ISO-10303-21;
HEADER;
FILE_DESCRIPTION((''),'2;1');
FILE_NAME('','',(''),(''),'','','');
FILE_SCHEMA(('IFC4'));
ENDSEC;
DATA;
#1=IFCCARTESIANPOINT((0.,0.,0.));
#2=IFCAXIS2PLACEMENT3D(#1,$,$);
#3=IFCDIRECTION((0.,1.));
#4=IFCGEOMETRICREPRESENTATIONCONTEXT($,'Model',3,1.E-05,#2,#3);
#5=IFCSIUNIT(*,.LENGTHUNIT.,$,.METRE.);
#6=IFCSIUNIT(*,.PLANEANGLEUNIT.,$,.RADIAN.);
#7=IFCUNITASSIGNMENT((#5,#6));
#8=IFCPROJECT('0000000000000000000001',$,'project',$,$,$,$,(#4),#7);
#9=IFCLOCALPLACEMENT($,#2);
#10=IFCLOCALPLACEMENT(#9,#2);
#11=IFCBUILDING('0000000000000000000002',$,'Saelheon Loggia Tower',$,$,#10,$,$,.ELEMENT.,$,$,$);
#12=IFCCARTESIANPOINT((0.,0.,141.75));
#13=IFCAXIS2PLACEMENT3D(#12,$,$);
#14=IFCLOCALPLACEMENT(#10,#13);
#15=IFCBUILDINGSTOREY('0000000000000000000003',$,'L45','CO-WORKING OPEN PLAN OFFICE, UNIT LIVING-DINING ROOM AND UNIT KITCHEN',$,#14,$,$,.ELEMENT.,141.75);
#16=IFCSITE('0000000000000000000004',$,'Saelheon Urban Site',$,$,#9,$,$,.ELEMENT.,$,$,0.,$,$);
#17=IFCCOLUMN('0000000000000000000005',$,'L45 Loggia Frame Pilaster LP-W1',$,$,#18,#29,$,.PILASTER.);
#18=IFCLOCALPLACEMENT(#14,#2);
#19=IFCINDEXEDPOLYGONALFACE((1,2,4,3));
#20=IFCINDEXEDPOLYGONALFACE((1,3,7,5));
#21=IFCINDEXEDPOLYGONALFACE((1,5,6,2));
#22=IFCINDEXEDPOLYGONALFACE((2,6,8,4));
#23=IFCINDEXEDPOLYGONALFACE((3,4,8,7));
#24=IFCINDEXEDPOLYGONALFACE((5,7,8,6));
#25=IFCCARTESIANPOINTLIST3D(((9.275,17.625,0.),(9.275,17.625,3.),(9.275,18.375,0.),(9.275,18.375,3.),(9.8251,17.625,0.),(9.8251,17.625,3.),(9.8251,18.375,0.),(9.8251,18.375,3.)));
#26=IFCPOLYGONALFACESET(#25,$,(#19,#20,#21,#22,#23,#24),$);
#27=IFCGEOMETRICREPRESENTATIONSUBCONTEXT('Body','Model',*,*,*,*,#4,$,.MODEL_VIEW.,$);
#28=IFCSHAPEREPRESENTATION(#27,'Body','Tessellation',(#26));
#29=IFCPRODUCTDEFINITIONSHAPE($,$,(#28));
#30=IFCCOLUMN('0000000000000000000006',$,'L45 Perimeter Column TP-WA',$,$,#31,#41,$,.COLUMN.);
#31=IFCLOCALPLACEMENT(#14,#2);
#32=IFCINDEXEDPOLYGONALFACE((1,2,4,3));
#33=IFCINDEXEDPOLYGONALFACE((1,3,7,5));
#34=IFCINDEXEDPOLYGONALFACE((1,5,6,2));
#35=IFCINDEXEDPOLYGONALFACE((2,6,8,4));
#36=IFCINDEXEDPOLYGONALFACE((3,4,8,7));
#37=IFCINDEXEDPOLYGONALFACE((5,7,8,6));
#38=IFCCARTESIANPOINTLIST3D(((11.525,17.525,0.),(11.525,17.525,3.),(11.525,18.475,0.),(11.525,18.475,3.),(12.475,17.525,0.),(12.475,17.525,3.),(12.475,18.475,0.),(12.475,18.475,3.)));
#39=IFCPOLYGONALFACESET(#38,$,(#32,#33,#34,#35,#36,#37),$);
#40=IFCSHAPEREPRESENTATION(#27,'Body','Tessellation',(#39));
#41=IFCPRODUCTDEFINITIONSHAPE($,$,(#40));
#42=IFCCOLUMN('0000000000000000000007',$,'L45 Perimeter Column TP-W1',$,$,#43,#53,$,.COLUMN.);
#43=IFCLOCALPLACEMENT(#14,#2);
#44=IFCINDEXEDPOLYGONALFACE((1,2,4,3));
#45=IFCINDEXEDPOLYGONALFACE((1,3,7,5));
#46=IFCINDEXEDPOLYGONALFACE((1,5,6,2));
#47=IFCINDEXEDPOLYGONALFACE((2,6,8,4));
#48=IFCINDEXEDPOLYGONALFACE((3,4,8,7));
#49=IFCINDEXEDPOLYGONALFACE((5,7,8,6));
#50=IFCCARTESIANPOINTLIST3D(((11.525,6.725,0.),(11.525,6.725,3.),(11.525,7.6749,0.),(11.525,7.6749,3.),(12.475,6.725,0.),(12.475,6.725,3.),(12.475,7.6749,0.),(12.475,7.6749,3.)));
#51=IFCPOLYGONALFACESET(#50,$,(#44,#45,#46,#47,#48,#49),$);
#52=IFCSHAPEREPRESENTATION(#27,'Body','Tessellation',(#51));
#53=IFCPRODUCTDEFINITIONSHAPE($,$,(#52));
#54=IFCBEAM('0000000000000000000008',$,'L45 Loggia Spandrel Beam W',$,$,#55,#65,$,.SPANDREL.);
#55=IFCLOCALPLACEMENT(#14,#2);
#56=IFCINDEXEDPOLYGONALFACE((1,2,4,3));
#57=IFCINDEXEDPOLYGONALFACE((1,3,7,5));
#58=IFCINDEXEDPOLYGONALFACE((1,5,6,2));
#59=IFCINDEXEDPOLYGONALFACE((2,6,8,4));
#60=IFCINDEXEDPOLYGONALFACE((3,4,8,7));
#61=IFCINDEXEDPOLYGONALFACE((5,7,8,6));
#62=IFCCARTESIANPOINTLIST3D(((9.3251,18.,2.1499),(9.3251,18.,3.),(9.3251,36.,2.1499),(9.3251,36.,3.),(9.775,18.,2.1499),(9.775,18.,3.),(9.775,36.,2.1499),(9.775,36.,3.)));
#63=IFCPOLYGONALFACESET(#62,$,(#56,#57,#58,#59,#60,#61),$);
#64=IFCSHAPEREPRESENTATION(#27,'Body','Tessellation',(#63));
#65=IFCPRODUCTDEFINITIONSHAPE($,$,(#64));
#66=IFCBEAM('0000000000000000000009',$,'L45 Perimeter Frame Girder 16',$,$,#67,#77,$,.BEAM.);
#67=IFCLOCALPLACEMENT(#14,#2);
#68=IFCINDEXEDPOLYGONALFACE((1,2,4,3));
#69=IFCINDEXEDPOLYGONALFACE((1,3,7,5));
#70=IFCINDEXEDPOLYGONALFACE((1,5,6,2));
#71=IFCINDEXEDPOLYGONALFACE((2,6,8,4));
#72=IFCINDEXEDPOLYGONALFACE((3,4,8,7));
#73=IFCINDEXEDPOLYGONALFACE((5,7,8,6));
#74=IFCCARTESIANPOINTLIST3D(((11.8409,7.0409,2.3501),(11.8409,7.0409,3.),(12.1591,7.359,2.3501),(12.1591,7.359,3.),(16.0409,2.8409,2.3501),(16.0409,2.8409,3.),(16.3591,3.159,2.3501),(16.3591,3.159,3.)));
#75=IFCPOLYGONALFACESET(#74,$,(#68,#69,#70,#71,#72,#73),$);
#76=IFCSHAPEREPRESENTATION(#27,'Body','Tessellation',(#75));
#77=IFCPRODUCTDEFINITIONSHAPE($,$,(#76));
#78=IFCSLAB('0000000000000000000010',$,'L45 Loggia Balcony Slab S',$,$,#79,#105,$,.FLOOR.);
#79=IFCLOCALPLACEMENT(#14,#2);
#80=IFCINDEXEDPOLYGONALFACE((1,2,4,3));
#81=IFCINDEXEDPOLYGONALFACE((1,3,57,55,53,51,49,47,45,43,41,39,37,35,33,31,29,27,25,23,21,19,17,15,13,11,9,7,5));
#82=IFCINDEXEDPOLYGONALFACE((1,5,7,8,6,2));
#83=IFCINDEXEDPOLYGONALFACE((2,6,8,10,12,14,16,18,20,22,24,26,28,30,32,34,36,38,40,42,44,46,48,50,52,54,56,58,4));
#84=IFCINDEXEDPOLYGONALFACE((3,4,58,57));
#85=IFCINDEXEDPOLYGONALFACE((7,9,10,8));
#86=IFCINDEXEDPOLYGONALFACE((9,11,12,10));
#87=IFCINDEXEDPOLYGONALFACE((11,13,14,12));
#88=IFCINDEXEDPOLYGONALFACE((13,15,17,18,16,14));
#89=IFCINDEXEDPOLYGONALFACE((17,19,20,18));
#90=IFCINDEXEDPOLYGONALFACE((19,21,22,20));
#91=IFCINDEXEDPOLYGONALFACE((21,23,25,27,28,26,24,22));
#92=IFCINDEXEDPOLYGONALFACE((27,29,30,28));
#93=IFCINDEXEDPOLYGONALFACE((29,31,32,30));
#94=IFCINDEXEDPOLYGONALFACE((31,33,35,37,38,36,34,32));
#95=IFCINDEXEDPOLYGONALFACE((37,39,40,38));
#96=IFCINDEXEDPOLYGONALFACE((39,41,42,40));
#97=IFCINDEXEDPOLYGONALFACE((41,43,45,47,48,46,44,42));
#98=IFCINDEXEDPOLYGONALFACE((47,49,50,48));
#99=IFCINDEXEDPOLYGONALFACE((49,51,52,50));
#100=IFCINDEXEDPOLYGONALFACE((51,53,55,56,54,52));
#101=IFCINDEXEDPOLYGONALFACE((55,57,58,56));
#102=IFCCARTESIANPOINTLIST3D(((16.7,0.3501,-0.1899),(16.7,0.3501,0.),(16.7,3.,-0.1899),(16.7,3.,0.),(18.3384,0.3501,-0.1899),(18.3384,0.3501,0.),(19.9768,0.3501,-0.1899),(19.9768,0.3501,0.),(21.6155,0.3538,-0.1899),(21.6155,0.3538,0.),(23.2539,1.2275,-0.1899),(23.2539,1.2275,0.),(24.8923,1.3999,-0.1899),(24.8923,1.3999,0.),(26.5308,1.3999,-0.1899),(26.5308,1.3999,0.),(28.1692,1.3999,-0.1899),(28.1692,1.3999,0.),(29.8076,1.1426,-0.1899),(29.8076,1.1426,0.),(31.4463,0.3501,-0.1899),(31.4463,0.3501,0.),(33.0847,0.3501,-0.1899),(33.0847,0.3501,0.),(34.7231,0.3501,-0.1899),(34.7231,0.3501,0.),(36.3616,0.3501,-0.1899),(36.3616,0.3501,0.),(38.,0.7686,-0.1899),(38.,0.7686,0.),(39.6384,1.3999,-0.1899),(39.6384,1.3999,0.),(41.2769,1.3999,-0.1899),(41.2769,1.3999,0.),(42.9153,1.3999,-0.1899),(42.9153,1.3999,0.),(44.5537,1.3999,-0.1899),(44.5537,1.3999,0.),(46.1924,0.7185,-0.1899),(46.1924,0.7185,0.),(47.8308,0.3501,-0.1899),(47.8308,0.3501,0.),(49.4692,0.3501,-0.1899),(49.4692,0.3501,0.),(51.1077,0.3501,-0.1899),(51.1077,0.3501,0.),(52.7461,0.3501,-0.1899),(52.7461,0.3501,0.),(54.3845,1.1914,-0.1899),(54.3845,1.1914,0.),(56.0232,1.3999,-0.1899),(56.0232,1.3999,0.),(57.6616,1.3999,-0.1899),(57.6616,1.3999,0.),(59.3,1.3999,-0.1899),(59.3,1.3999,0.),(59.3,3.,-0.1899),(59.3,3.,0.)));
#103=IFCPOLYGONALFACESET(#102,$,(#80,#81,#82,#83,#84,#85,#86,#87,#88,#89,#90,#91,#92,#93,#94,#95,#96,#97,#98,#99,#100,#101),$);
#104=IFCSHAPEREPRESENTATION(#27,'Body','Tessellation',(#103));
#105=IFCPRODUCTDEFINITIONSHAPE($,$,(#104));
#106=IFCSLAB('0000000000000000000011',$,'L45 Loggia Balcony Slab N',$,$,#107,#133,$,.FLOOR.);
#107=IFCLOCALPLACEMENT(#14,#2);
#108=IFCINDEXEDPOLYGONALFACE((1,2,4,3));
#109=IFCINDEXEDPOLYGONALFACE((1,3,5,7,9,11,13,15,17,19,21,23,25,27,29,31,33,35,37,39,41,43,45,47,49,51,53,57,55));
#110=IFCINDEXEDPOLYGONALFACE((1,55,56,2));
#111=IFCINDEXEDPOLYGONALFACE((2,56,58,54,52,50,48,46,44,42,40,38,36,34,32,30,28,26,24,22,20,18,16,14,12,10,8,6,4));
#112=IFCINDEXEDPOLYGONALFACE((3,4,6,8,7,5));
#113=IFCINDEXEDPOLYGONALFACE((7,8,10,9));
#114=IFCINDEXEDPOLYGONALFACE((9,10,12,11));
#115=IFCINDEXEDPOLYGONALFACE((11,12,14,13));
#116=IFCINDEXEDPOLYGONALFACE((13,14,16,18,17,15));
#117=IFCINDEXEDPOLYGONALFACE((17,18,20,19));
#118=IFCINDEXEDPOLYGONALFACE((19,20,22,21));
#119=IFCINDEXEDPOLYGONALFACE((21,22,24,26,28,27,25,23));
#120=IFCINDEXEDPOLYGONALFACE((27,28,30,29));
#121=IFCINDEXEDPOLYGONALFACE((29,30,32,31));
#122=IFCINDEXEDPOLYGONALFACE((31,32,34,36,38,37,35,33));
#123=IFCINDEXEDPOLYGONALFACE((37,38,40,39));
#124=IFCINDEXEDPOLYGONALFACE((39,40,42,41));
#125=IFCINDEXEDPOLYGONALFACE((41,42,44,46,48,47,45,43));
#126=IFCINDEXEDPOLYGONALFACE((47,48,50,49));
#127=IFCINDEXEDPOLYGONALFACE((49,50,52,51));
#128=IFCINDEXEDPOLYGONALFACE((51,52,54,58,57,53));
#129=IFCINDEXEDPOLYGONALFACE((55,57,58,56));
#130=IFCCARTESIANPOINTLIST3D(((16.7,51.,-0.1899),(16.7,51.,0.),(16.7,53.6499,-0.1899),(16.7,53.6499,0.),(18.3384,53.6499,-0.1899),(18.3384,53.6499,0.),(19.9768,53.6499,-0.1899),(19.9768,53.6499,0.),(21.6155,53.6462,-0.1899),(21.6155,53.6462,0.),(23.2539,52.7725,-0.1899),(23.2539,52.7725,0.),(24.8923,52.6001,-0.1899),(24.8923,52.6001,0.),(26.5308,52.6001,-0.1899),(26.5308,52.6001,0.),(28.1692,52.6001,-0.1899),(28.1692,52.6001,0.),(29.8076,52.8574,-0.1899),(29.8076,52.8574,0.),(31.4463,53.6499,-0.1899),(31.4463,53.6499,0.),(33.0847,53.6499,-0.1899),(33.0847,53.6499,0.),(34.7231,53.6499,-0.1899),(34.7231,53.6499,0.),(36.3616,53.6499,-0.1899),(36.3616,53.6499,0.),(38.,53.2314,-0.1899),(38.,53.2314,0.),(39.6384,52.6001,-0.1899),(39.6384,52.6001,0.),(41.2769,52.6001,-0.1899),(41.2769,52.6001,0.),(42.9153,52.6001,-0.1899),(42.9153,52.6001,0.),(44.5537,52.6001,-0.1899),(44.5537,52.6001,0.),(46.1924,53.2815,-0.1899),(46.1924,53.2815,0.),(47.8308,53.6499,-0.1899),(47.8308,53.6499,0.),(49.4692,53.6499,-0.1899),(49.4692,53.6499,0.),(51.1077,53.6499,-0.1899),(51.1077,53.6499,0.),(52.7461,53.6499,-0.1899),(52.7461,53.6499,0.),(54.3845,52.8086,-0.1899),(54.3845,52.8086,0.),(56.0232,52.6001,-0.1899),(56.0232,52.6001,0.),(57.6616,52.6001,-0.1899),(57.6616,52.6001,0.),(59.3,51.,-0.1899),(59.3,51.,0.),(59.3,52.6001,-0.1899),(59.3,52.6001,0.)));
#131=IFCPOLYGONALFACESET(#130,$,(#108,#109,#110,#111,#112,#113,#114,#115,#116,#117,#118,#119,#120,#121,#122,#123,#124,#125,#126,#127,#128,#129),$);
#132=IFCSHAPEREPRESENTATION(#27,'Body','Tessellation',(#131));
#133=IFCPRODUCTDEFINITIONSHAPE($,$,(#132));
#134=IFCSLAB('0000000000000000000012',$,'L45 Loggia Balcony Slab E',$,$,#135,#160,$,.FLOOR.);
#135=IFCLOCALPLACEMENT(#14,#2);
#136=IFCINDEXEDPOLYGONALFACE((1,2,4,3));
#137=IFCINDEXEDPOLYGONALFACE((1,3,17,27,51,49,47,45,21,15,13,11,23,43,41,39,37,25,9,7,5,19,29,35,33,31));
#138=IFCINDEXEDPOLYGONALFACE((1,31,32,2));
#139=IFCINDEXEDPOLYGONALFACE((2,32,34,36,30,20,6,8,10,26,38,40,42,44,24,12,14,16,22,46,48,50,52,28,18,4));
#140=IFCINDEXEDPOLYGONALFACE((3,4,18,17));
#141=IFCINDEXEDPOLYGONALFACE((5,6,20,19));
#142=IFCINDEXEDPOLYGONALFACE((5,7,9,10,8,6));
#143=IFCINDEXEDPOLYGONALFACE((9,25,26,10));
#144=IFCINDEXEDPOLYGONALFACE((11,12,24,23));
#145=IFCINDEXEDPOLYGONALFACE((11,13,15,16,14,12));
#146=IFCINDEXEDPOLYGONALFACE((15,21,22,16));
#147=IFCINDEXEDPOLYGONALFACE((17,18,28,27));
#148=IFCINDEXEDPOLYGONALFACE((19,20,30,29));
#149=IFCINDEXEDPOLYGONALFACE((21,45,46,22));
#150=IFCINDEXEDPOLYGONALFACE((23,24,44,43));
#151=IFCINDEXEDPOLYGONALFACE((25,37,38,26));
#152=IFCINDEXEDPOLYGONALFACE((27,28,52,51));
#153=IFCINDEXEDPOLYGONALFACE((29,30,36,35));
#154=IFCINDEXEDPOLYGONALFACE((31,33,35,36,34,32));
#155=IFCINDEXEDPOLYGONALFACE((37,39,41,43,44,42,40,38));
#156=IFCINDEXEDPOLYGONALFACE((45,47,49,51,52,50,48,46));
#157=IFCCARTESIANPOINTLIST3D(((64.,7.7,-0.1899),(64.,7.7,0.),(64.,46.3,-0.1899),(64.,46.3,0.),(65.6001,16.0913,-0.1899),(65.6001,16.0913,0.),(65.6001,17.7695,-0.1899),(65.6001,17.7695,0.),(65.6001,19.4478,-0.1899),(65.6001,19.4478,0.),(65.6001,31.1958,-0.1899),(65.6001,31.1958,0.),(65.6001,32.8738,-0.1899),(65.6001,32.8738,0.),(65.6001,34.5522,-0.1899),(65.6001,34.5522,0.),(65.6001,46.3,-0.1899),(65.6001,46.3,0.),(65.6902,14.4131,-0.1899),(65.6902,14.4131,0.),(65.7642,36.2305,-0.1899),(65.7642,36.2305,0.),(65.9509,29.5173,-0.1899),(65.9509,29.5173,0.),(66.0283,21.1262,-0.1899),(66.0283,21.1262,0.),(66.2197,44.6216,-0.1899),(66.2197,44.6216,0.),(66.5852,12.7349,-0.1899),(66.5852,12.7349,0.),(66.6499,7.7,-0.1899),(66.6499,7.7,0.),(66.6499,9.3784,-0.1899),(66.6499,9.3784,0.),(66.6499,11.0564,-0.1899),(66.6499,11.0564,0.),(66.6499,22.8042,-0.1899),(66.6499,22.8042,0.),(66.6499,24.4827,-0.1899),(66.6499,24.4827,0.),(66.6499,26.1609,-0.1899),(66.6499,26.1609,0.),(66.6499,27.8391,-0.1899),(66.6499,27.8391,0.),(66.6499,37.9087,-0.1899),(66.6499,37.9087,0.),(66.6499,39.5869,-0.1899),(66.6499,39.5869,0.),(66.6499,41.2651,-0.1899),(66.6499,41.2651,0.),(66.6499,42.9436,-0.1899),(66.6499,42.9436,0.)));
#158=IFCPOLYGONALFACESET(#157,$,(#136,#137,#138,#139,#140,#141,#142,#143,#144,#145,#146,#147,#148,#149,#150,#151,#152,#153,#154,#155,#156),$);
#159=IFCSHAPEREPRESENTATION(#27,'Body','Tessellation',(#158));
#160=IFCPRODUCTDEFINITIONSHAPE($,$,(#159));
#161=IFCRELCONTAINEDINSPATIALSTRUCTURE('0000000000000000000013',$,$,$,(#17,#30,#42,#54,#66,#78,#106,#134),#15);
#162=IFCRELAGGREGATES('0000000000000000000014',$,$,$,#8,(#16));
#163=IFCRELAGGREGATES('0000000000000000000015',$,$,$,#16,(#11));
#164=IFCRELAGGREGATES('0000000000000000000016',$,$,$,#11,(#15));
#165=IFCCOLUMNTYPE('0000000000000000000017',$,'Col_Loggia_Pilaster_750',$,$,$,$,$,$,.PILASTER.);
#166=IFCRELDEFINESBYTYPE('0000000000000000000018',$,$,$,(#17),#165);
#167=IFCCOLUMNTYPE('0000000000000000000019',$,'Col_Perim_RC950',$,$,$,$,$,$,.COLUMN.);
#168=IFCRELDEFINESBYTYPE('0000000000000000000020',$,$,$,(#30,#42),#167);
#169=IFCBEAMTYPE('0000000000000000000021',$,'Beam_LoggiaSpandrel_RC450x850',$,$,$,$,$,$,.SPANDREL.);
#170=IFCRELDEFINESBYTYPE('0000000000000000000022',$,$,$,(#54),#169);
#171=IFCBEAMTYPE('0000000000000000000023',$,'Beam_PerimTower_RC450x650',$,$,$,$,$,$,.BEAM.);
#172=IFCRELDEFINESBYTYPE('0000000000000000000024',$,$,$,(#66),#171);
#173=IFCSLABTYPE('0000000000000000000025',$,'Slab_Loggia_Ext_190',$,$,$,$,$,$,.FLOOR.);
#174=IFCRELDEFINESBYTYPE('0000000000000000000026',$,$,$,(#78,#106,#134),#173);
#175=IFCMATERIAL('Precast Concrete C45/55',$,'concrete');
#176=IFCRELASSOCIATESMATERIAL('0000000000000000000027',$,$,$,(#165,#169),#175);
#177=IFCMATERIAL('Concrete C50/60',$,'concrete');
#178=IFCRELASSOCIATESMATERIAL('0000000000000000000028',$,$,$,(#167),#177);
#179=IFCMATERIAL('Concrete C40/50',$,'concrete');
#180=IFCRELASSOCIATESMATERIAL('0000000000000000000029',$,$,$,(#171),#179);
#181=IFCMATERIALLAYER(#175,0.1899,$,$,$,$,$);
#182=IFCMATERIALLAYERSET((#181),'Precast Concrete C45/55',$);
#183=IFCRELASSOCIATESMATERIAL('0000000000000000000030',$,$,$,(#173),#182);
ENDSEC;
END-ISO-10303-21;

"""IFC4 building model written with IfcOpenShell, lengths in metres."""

from ifc_helpers import new_model, si_unit, direction, frame, origin, origin_2d, place, context, subcontext, project, spatial, polyline, rectangle, outline, extrude, source, transform, mapped, material, layer, layer_set, material_profile, profile_set, type_object, element, save


model = new_model("IFC4")

# Units and contexts
model_context = context("Model", 3, precision=1e-05, world=origin(), true_north=direction((0.0, 1.0)))
body_context = subcontext(model_context, "Body", "Model", "MODEL_VIEW")
ifc_project = project(units=[si_unit("LENGTHUNIT", "METRE"), si_unit("PLANEANGLEUNIT", "RADIAN")], contexts=[model_context])

# Site, building, storey
site_placement = place(None, origin())
site = spatial("IfcSite", under=ifc_project, at=site_placement, Name="Saelheon Urban Site", CompositionType="ELEMENT", RefElevation=0.0)
building_placement = place(site_placement, origin())
building = spatial("IfcBuilding", under=site, at=building_placement, Name="Saelheon Loggia Tower", CompositionType="ELEMENT")
storey_placement = place(building_placement, frame((0.0, 0.0, 141.75)))
storey = spatial("IfcBuildingStorey", under=building, at=storey_placement, Name="L45", Description="CO-WORKING OPEN PLAN OFFICE, UNIT LIVING-DINING ROOM AND UNIT KITCHEN", CompositionType="ELEMENT", Elevation=141.75)

# Columns
ifc_material_1 = material(Name="Precast Concrete C45/55", Category="concrete")
ifc_material_profile_1 = material_profile(ifc_material_1, rectangle(XDim=0.55, YDim=0.75, at=origin_2d()), Name="RC-550x750")
ifc_profile_set_1 = profile_set([ifc_material_profile_1], Name="Precast Concrete C45/55")
column_type_1 = type_object("IfcColumnType", Name="Col_Loggia_Pilaster_750", PredefinedType="PILASTER", material=ifc_profile_set_1)
shared_shape_1 = source(origin(), body_context, "Body", "SweptSolid", [
    extrude(rectangle(XDim=0.55, YDim=0.75, at=origin_2d()), origin(), (0.0, 0.0, 1.0), 3.0),
])
column_placement = place(storey_placement, frame((9.55, 18.0, 0.0), z_axis=(0.0, 0.0, 1.0), x_axis=(1.0, 0.0, 0.0)))
element("IfcColumn", 1, at=column_placement, inside=storey, type_object=column_type_1, Name="L45 Loggia Frame Pilaster LP-W1", PredefinedType="PILASTER", context=body_context, shape_type="MappedRepresentation", body=[
    mapped(shared_shape_1, transform((0.0, 0.0, 0.0), scale=1.0)),
])
ifc_material_2 = material(Name="Concrete C50/60", Category="concrete")
ifc_material_profile_2 = material_profile(ifc_material_2, rectangle(XDim=0.95, YDim=0.95, at=origin_2d()), Name="RC-950x950")
ifc_profile_set_2 = profile_set([ifc_material_profile_2], Name="Concrete C50/60")
column_type_2 = type_object("IfcColumnType", Name="Col_Perim_RC950", PredefinedType="COLUMN", material=ifc_profile_set_2)
shared_shape_2 = source(origin(), body_context, "Body", "SweptSolid", [
    extrude(rectangle(XDim=0.95, YDim=0.95, at=origin_2d()), origin(), (0.0, 0.0, 1.0), 3.0),
])
for number, where, z_axis, x_axis, name in (
    (2, (12.0, 18.0, 0.0), (0.0, 0.0, 1.0), (1.0, 0.0, 0.0), "L45 Perimeter Column TP-WA"),
    (3, (12.0, 7.2, 0.0), (0.0, 0.0, 1.0), (1.0, 0.0, 0.0), "L45 Perimeter Column TP-W1"),
):
    element("IfcColumn", number, at=place(storey_placement, frame(where, z_axis=z_axis, x_axis=x_axis)), inside=storey, type_object=column_type_2, Name=name, PredefinedType="COLUMN", context=body_context, shape_type="MappedRepresentation", body=[
        mapped(shared_shape_2, transform((0.0, 0.0, 0.0), scale=1.0)),
    ])

# Beams
ifc_material_profile_3 = material_profile(ifc_material_1, rectangle(XDim=0.45, YDim=0.8501, at=origin_2d()), Name="RC-450x850")
ifc_profile_set_3 = profile_set([ifc_material_profile_3], Name="Precast Concrete C45/55")
beam_type_1 = type_object("IfcBeamType", Name="Beam_LoggiaSpandrel_RC450x850", PredefinedType="SPANDREL", material=ifc_profile_set_3)
shared_shape_3 = source(origin(), body_context, "Body", "SweptSolid", [
    extrude(rectangle(XDim=0.45, YDim=0.8501, at=origin_2d()), origin(), (0.0, 0.0, 1.0), 18.0),
])
beam_1_placement = place(storey_placement, frame((9.55, 18.0, 2.575), z_axis=(0.0, 1.0, 0.0), x_axis=(-1.0, 0.0, 0.0)))
element("IfcBeam", 4, at=beam_1_placement, inside=storey, type_object=beam_type_1, Name="L45 Loggia Spandrel Beam W", PredefinedType="SPANDREL", context=body_context, shape_type="MappedRepresentation", body=[
    mapped(shared_shape_3, transform((0.0, 0.0, 0.0), scale=1.0)),
])
ifc_material_3 = material(Name="Concrete C40/50", Category="concrete")
ifc_material_profile_4 = material_profile(ifc_material_3, rectangle(XDim=0.45, YDim=0.6499, at=origin_2d()), Name="RC-450x650")
ifc_profile_set_4 = profile_set([ifc_material_profile_4], Name="Concrete C40/50")
beam_type_2 = type_object("IfcBeamType", Name="Beam_PerimTower_RC450x650", PredefinedType="BEAM", material=ifc_profile_set_4)
shared_shape_4 = source(origin(), body_context, "Body", "SweptSolid", [
    extrude(rectangle(XDim=0.45, YDim=0.6499, at=origin_2d()), origin(), (0.0, 0.0, 1.0), 5.9397),
])
beam_2_placement = place(storey_placement, frame((12.0, 7.2, 2.675), z_axis=(0.707107, -0.707107, 0.0), x_axis=(0.707107, 0.707107, 0.0)))
element("IfcBeam", 5, at=beam_2_placement, inside=storey, type_object=beam_type_2, Name="L45 Perimeter Frame Girder 16", PredefinedType="BEAM", context=body_context, shape_type="MappedRepresentation", body=[
    mapped(shared_shape_4, transform((0.0, 0.0, 0.0), scale=1.0)),
])

# Slabs
ifc_layer_1 = layer(ifc_material_1, 0.1899)
ifc_layer_set_1 = layer_set([ifc_layer_1], Name="Precast Concrete C45/55")
slab_type_1 = type_object("IfcSlabType", Name="Slab_Loggia_Ext_190", PredefinedType="FLOOR", material=ifc_layer_set_1)
slab_1_placement = place(storey_placement, frame((0.0, 0.0, -0.1899)))
element("IfcSlab", 6, at=slab_1_placement, inside=storey, type_object=slab_type_1, Name="L45 Loggia Balcony Slab S", PredefinedType="FLOOR", context=body_context, shape_type="SweptSolid", body=[
    extrude(outline(polyline([(16.7, 0.3501), (18.3384, 0.3501), (19.9768, 0.3501), (21.6155, 0.3538), (23.2539, 1.2275), (24.8923, 1.3999), (26.5308, 1.3999), (28.1692, 1.3999), (29.8076, 1.1426), (31.4463, 0.3501), (33.0847, 0.3501), (34.7231, 0.3501), (36.3616, 0.3501), (38.0, 0.7686), (39.6384, 1.3999), (41.2769, 1.3999), (42.9153, 1.3999), (44.5537, 1.3999), (46.1924, 0.7185), (47.8308, 0.3501), (49.4692, 0.3501), (51.1077, 0.3501), (52.7461, 0.3501), (54.3845, 1.1914), (56.0232, 1.3999), (57.6616, 1.3999), (59.3, 1.3999), (59.3, 3.0), (16.7, 3.0), (16.7, 0.3501)])), origin(), (0.0, 0.0, 1.0), 0.1899),
])
slab_2_placement = place(storey_placement, frame((0.0, 0.0, -0.1899)))
element("IfcSlab", 7, at=slab_2_placement, inside=storey, type_object=slab_type_1, Name="L45 Loggia Balcony Slab N", PredefinedType="FLOOR", context=body_context, shape_type="SweptSolid", body=[
    extrude(outline(polyline([(16.7, 51.0), (59.3, 51.0), (59.3, 52.6001), (57.6616, 52.6001), (56.0232, 52.6001), (54.3845, 52.8086), (52.7461, 53.6499), (51.1077, 53.6499), (49.4692, 53.6499), (47.8308, 53.6499), (46.1924, 53.2815), (44.5537, 52.6001), (42.9153, 52.6001), (41.2769, 52.6001), (39.6384, 52.6001), (38.0, 53.2314), (36.3616, 53.6499), (34.7231, 53.6499), (33.0847, 53.6499), (31.4463, 53.6499), (29.8076, 52.8574), (28.1692, 52.6001), (26.5308, 52.6001), (24.8923, 52.6001), (23.2539, 52.7725), (21.6155, 53.6462), (19.9768, 53.6499), (18.3384, 53.6499), (16.7, 53.6499), (16.7, 51.0)])), origin(), (0.0, 0.0, 1.0), 0.1899),
])
slab_3_placement = place(storey_placement, frame((0.0, 0.0, -0.1899)))
element("IfcSlab", 8, at=slab_3_placement, inside=storey, type_object=slab_type_1, Name="L45 Loggia Balcony Slab E", PredefinedType="FLOOR", context=body_context, shape_type="SweptSolid", body=[
    extrude(outline(polyline([(64.0, 7.7), (66.6499, 7.7), (66.6499, 9.3784), (66.6499, 11.0564), (66.5852, 12.7349), (65.6902, 14.4131), (65.6001, 16.0913), (65.6001, 17.7695), (65.6001, 19.4478), (66.0283, 21.1262), (66.6499, 22.8042), (66.6499, 24.4827), (66.6499, 26.1609), (66.6499, 27.8391), (65.9509, 29.5173), (65.6001, 31.1958), (65.6001, 32.8738), (65.6001, 34.5522), (65.7642, 36.2305), (66.6499, 37.9087), (66.6499, 39.5869), (66.6499, 41.2651), (66.6499, 42.9436), (66.2197, 44.6216), (65.6001, 46.3), (64.0, 46.3), (64.0, 7.7)])), origin(), (0.0, 0.0, 1.0), 0.1899),
])

save(model, "model.ifc")
